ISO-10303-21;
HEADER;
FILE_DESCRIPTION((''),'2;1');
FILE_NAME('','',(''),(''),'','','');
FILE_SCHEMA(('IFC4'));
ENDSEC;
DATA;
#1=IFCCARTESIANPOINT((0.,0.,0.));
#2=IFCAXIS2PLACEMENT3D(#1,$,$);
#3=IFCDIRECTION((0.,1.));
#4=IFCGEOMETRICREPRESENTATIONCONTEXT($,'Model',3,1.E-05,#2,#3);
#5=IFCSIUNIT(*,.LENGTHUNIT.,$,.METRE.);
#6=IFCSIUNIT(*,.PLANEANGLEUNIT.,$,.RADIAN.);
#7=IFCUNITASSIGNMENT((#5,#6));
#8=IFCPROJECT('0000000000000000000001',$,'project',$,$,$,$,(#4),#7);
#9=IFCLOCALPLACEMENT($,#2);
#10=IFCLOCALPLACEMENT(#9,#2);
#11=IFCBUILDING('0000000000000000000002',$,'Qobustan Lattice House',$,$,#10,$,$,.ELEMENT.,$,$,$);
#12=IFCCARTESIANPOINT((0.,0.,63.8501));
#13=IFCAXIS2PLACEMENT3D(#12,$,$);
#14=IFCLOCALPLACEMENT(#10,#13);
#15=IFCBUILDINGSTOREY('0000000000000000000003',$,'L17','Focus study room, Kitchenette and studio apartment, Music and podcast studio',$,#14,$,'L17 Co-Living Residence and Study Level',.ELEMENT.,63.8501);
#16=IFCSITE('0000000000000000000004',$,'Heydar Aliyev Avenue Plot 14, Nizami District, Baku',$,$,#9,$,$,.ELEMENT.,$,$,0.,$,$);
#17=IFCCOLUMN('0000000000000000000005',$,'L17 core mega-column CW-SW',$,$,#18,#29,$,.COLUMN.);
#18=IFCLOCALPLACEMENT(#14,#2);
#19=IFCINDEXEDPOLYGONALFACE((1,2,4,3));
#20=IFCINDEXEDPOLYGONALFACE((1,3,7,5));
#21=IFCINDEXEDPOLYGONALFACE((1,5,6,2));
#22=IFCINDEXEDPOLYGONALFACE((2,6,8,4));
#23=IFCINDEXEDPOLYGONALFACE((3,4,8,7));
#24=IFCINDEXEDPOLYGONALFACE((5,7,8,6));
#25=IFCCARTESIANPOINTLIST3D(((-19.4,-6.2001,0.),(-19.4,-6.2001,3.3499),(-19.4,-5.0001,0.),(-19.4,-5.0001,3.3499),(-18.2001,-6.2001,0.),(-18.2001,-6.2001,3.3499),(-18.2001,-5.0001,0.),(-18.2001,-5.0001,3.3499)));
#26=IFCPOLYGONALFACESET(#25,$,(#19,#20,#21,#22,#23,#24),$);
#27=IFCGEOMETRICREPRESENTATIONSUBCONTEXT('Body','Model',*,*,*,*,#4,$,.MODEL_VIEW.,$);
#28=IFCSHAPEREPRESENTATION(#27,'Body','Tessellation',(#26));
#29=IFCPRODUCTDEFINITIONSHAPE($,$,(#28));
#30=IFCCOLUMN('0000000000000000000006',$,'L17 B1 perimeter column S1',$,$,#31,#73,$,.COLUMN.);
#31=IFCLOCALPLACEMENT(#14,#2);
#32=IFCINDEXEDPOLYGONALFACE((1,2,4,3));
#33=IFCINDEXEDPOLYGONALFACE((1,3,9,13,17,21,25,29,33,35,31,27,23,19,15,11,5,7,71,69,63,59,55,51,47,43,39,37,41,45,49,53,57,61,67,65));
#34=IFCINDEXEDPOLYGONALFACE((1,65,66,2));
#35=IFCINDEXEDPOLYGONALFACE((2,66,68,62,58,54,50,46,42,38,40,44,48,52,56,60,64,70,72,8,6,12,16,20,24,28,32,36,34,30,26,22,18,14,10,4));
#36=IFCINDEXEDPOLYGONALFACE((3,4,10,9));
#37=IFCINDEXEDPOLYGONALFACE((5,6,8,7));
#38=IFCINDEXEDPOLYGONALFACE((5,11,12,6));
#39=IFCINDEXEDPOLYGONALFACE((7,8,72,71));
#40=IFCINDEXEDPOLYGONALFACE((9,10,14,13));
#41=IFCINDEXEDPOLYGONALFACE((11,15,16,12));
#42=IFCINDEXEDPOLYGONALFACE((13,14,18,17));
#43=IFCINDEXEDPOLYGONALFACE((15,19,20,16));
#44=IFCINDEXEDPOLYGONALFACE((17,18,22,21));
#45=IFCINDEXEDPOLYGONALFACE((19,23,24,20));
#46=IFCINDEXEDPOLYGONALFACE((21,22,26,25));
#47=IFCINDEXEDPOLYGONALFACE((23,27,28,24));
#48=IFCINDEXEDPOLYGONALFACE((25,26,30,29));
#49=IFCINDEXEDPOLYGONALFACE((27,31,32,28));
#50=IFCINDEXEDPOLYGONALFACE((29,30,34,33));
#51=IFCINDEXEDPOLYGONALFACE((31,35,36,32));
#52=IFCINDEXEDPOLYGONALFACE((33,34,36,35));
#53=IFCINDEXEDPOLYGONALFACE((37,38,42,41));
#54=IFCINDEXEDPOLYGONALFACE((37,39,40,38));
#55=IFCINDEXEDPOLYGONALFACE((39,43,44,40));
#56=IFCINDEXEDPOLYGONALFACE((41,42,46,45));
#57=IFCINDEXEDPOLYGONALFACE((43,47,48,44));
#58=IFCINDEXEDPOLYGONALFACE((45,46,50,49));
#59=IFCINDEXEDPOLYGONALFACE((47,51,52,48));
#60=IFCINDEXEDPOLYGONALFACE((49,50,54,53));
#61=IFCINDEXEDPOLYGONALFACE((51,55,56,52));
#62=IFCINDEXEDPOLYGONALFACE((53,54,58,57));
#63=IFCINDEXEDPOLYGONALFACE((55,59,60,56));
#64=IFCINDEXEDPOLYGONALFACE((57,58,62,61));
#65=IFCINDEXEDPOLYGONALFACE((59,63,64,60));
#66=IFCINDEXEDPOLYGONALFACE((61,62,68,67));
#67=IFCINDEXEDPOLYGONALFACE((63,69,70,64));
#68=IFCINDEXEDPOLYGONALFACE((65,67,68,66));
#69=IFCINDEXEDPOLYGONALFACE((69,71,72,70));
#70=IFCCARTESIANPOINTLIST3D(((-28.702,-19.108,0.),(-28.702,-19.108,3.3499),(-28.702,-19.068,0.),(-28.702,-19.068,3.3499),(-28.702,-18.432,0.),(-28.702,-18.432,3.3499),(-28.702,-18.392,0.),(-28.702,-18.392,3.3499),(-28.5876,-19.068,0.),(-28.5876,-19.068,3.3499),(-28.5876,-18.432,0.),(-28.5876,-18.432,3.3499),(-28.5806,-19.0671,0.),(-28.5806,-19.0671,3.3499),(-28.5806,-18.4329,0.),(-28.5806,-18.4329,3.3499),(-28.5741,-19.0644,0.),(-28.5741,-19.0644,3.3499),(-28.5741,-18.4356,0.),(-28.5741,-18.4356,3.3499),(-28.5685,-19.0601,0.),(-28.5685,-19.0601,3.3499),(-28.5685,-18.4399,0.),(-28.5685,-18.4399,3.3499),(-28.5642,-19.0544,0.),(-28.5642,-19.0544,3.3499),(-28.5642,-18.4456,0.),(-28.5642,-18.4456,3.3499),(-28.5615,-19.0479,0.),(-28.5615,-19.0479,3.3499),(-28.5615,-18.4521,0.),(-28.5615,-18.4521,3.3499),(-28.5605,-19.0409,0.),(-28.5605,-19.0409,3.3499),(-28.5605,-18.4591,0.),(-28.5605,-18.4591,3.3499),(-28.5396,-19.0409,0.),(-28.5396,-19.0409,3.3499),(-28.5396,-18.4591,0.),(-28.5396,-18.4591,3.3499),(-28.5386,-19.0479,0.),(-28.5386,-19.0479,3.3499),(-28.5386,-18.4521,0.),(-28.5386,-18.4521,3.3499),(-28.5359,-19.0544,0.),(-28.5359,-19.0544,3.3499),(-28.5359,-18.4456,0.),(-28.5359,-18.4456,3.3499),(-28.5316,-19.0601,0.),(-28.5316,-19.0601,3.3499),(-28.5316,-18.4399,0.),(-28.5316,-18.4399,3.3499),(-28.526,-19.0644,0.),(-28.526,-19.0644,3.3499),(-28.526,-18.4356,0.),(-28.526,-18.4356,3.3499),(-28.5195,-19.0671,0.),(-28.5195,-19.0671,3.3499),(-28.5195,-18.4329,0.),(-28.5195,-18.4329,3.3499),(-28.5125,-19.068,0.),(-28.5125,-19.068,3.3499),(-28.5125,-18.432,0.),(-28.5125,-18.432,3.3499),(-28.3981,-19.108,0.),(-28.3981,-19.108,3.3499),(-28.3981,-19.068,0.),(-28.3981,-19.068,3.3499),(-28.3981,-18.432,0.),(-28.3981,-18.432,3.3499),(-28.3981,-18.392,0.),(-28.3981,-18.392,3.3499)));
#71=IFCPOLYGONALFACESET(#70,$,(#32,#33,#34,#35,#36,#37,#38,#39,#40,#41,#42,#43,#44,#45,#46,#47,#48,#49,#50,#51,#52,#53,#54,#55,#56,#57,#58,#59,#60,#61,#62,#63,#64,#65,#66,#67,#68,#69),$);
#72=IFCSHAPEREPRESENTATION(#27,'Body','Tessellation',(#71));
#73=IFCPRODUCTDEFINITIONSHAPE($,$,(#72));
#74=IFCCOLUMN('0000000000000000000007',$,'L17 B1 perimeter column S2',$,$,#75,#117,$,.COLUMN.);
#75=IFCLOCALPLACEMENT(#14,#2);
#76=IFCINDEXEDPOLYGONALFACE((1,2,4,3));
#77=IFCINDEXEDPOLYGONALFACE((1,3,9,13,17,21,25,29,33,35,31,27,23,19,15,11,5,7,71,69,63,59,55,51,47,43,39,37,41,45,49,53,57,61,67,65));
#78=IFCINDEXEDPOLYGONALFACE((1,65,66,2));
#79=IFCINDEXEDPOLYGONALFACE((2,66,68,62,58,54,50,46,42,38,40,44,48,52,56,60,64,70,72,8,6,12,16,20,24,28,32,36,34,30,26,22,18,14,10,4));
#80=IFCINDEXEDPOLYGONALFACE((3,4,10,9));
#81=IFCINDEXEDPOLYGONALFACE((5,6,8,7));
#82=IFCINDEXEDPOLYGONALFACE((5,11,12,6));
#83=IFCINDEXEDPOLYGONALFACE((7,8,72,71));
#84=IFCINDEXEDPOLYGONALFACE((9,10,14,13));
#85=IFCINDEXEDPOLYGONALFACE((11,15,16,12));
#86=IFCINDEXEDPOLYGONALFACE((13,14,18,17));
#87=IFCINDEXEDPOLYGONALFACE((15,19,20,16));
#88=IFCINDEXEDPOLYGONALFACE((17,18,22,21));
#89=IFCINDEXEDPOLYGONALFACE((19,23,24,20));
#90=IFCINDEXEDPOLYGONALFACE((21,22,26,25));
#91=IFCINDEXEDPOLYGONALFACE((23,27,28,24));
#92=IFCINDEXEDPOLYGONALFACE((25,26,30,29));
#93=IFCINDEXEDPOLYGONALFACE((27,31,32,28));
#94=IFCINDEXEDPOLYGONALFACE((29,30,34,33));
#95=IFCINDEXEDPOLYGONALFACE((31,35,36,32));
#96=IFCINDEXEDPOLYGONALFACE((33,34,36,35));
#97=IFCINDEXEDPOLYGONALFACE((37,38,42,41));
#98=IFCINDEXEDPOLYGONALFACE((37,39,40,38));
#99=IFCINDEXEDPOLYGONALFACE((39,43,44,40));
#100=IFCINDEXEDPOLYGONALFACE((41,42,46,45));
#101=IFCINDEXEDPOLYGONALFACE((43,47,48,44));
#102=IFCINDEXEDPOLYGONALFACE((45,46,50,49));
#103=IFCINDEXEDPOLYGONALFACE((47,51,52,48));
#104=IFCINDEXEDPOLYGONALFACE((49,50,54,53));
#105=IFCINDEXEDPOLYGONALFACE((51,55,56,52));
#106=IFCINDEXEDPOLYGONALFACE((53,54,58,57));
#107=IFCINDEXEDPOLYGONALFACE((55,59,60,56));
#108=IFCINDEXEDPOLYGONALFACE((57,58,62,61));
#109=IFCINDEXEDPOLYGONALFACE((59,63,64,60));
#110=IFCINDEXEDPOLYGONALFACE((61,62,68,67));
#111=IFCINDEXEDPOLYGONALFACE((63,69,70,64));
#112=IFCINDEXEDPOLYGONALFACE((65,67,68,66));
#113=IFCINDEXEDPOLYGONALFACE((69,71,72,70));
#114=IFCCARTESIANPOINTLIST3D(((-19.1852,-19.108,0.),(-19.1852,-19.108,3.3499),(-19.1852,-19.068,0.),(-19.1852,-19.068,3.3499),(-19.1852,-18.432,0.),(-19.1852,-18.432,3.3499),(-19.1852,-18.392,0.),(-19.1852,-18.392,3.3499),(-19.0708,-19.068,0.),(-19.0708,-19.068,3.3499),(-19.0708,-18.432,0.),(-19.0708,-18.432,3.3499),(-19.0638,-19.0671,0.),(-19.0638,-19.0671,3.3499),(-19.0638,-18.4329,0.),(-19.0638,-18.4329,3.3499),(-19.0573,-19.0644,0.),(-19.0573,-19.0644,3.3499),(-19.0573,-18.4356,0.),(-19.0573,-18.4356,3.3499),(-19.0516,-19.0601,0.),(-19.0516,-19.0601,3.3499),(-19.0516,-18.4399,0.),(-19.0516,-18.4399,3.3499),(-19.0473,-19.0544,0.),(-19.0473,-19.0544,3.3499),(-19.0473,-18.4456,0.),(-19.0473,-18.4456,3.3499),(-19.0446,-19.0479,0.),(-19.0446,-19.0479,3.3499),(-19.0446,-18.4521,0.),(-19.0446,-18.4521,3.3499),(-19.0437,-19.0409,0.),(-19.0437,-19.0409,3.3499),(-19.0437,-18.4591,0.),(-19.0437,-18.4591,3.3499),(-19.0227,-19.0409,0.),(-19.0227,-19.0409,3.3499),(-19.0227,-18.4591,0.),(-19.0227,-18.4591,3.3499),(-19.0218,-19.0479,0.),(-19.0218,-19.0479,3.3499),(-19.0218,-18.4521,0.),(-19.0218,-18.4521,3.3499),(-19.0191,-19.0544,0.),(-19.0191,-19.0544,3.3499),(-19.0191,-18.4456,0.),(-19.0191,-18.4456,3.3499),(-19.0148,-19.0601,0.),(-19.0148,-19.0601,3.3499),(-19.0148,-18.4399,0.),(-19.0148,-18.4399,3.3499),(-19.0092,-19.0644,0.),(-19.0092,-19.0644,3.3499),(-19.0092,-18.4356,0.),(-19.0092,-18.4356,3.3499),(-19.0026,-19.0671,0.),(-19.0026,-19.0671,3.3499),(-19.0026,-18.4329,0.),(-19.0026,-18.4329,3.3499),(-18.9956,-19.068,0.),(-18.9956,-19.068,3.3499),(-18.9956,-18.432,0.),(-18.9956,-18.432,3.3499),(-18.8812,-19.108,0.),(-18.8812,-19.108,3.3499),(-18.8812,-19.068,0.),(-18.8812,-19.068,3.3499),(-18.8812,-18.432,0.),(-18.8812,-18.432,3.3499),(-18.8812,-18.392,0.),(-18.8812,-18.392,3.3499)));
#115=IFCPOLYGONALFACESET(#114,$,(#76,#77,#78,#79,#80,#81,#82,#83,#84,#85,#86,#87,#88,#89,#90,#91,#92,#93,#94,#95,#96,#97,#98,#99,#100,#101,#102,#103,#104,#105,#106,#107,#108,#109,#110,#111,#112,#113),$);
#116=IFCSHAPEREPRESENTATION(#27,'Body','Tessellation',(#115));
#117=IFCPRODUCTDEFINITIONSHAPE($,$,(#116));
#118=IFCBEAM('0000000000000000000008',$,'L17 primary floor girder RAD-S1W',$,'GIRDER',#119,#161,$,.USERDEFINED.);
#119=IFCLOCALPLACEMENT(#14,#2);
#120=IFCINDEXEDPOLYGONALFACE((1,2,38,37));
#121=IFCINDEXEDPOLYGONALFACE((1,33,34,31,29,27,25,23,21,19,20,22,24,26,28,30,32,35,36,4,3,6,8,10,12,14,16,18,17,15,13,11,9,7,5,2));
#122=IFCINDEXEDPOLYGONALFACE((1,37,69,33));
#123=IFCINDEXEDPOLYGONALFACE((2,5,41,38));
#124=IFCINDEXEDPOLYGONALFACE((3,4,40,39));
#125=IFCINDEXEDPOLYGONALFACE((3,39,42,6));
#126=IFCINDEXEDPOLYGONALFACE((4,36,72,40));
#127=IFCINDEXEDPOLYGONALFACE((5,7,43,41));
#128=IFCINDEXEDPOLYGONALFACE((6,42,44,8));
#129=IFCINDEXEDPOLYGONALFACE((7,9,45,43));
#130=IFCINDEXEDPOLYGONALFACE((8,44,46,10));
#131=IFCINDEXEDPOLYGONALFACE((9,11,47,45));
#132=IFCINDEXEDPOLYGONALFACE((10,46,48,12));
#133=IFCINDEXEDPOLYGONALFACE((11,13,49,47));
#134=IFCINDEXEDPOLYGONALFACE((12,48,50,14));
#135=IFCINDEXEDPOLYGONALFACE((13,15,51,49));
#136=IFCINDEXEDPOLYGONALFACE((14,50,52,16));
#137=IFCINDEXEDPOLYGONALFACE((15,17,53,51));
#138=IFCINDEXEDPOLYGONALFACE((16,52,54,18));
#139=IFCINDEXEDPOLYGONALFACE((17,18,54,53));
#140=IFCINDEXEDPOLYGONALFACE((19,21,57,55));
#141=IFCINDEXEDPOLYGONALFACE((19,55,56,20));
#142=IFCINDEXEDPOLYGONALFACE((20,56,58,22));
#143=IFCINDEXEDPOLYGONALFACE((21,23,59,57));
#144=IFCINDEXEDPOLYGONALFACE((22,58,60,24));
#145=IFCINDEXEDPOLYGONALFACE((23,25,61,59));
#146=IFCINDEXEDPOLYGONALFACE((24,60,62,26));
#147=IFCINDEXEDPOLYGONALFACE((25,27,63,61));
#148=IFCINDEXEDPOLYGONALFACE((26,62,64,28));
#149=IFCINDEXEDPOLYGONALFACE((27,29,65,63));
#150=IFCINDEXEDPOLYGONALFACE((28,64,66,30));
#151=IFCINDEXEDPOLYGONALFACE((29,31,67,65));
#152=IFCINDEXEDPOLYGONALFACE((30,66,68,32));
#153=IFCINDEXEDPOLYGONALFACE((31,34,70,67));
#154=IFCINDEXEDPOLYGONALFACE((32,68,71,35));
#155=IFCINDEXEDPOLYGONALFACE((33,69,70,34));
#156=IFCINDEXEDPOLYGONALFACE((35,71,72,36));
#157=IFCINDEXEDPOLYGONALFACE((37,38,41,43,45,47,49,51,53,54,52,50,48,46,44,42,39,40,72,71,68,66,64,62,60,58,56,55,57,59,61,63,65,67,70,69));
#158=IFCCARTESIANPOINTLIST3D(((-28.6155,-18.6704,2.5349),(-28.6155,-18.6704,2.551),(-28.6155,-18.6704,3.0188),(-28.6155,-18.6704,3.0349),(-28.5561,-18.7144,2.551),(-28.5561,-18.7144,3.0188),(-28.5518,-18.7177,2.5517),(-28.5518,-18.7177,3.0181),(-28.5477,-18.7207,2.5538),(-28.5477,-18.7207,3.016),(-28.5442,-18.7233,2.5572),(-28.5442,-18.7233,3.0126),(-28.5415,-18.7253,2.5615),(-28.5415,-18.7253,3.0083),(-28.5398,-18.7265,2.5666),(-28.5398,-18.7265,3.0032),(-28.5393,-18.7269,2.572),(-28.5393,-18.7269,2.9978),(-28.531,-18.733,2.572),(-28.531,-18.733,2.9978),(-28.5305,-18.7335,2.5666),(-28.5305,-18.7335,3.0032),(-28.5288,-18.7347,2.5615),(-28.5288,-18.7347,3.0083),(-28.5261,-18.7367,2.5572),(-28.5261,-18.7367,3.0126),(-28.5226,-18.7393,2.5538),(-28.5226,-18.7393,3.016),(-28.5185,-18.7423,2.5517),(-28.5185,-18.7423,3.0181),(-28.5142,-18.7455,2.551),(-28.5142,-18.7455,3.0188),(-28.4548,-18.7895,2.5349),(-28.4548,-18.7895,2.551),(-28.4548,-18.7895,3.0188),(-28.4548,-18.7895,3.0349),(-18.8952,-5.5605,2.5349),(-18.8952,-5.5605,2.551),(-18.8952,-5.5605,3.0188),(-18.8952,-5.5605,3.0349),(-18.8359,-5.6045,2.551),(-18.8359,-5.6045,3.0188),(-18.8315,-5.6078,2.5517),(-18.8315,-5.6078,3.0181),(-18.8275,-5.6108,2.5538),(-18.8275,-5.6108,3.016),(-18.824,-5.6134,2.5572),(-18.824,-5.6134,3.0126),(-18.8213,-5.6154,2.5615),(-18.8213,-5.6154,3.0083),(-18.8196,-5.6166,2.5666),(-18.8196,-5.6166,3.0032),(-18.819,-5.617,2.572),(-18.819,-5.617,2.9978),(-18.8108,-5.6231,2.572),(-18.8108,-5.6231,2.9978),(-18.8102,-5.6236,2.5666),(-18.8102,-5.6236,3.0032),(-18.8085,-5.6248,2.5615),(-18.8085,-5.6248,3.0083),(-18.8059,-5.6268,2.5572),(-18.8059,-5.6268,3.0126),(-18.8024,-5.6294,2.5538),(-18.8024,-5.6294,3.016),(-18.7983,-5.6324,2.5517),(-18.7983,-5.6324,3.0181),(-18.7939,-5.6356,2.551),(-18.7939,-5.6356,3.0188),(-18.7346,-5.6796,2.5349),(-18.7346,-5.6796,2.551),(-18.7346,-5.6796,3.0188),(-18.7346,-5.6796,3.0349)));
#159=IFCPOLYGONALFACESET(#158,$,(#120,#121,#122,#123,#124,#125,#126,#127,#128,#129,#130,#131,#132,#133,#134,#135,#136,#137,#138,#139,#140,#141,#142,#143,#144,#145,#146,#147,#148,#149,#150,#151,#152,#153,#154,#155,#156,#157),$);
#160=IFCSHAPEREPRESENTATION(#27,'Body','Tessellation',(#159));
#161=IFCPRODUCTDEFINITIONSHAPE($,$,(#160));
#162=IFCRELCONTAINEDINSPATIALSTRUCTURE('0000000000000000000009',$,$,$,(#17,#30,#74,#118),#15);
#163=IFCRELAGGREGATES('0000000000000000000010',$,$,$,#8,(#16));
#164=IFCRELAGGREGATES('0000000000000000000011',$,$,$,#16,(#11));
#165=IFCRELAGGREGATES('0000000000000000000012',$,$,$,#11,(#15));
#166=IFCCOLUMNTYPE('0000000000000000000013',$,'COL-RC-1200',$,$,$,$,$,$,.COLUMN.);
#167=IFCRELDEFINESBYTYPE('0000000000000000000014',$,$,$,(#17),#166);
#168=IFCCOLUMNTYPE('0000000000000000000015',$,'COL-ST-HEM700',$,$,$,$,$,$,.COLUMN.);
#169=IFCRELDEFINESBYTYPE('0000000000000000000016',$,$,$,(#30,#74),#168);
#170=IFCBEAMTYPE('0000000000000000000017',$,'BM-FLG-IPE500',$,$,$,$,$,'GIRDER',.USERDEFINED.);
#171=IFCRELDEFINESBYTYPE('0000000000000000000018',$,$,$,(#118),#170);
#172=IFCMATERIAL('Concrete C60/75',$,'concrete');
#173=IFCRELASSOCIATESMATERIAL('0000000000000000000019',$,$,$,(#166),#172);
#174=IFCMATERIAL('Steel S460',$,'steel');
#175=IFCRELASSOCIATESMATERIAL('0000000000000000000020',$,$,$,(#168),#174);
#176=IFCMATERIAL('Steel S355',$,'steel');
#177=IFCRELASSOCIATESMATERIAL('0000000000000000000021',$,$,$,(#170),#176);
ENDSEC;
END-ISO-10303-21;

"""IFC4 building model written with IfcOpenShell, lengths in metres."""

from ifc_helpers import new_model, si_unit, direction, frame, origin, origin_2d, place, context, subcontext, project, spatial, rectangle, i_section, extrude, material, material_profile, profile_set, type_object, element, save


model = new_model("IFC4")

# Units and contexts
model_context = context("Model", 3, precision=1e-05, world=origin(), true_north=direction((0.0, 1.0)))
body_context = subcontext(model_context, "Body", "Model", "MODEL_VIEW")
ifc_project = project(units=[si_unit("LENGTHUNIT", "METRE"), si_unit("PLANEANGLEUNIT", "RADIAN")], contexts=[model_context])

# Site, building, storey
site_placement = place(None, origin())
site = spatial("IfcSite", under=ifc_project, at=site_placement, Name="Heydar Aliyev Avenue Plot 14, Nizami District, Baku", CompositionType="ELEMENT", RefElevation=0.0)
building_placement = place(site_placement, origin())
building = spatial("IfcBuilding", under=site, at=building_placement, Name="Qobustan Lattice House", CompositionType="ELEMENT")
storey_placement = place(building_placement, frame((0.0, 0.0, 63.8501)))
storey = spatial("IfcBuildingStorey", under=building, at=storey_placement, Name="L17", Description="Focus study room, Kitchenette and studio apartment, Music and podcast studio", LongName="L17 Co-Living Residence and Study Level", CompositionType="ELEMENT", Elevation=63.8501)

# Columns
ifc_material_1 = material(Name="Concrete C60/75", Category="concrete")
ifc_material_profile_1 = material_profile(ifc_material_1, rectangle(XDim=1.2, YDim=1.2, at=origin_2d()), Name="RC1200x1200")
ifc_profile_set_1 = profile_set([ifc_material_profile_1], Name="Concrete C60/75")
column_type_1 = type_object("IfcColumnType", Name="COL-RC-1200", PredefinedType="COLUMN", material=ifc_profile_set_1)
column_placement = place(storey_placement, frame((-18.8, -5.6001, 0.0), z_axis=(0.0, 0.0, 1.0), x_axis=(1.0, 0.0, 0.0)))
element("IfcColumn", 1, at=column_placement, inside=storey, type_object=column_type_1, Name="L17 core mega-column CW-SW", PredefinedType="COLUMN", context=body_context, shape_type="SweptSolid", body=[
    extrude(rectangle(XDim=1.2, YDim=1.2, at=origin_2d()), origin(), (0.0, 0.0, 1.0), 3.3499),
])
ifc_material_2 = material(Name="Steel S460", Category="steel")
ifc_material_profile_2 = material_profile(ifc_material_2, i_section(OverallWidth=0.304, OverallDepth=0.7161, WebThickness=0.021, FlangeThickness=0.04, FilletRadius=0.0271, at=origin_2d()), Name="HEM700")
ifc_profile_set_2 = profile_set([ifc_material_profile_2], Name="Steel S460")
column_type_2 = type_object("IfcColumnType", Name="COL-ST-HEM700", PredefinedType="COLUMN", material=ifc_profile_set_2)
for number, where, z_axis, x_axis, name in (
    (2, (-28.55, -18.75, 0.0), (0.0, 0.0, 1.0), (1.0, 0.0, 0.0), "L17 B1 perimeter column S1"),
    (3, (-19.0332, -18.75, 0.0), (0.0, 0.0, 1.0), (1.0, 0.0, 0.0), "L17 B1 perimeter column S2"),
):
    element("IfcColumn", number, at=place(storey_placement, frame(where, z_axis=z_axis, x_axis=x_axis)), inside=storey, type_object=column_type_2, Name=name, PredefinedType="COLUMN", context=body_context, shape_type="SweptSolid", body=[
        extrude(i_section(OverallWidth=0.304, OverallDepth=0.7161, WebThickness=0.021, FlangeThickness=0.04, FilletRadius=0.0271, at=origin_2d()), origin(), (0.0, 0.0, 1.0), 3.3499),
    ])

# Beam
ifc_material_3 = material(Name="Steel S355", Category="steel")
ifc_material_profile_3 = material_profile(ifc_material_3, i_section(OverallWidth=0.2, OverallDepth=0.5, WebThickness=0.0103, FlangeThickness=0.0161, FilletRadius=0.021, at=origin_2d()), Name="IPE500")
ifc_profile_set_3 = profile_set([ifc_material_profile_3], Name="Steel S355")
beam_type_1 = type_object("IfcBeamType", Name="BM-FLG-IPE500", ElementType="GIRDER", PredefinedType="USERDEFINED", material=ifc_profile_set_3)
beam_1_placement = place(storey_placement, frame((-28.5352, -18.73, 2.7849), z_axis=(0.595592, 0.803287, 0.0), x_axis=(-0.803287, 0.595592, 0.0)))
element("IfcBeam", 4, at=beam_1_placement, inside=storey, type_object=beam_type_1, Name="L17 primary floor girder RAD-S1W", ObjectType="GIRDER", PredefinedType="USERDEFINED", context=body_context, shape_type="SweptSolid", body=[
    extrude(i_section(OverallWidth=0.2, OverallDepth=0.5, WebThickness=0.0103, FlangeThickness=0.0161, FilletRadius=0.021, at=origin_2d()), origin(), (0.0, 0.0, 1.0), 16.3203),
])

save(model, "model.ifc")
